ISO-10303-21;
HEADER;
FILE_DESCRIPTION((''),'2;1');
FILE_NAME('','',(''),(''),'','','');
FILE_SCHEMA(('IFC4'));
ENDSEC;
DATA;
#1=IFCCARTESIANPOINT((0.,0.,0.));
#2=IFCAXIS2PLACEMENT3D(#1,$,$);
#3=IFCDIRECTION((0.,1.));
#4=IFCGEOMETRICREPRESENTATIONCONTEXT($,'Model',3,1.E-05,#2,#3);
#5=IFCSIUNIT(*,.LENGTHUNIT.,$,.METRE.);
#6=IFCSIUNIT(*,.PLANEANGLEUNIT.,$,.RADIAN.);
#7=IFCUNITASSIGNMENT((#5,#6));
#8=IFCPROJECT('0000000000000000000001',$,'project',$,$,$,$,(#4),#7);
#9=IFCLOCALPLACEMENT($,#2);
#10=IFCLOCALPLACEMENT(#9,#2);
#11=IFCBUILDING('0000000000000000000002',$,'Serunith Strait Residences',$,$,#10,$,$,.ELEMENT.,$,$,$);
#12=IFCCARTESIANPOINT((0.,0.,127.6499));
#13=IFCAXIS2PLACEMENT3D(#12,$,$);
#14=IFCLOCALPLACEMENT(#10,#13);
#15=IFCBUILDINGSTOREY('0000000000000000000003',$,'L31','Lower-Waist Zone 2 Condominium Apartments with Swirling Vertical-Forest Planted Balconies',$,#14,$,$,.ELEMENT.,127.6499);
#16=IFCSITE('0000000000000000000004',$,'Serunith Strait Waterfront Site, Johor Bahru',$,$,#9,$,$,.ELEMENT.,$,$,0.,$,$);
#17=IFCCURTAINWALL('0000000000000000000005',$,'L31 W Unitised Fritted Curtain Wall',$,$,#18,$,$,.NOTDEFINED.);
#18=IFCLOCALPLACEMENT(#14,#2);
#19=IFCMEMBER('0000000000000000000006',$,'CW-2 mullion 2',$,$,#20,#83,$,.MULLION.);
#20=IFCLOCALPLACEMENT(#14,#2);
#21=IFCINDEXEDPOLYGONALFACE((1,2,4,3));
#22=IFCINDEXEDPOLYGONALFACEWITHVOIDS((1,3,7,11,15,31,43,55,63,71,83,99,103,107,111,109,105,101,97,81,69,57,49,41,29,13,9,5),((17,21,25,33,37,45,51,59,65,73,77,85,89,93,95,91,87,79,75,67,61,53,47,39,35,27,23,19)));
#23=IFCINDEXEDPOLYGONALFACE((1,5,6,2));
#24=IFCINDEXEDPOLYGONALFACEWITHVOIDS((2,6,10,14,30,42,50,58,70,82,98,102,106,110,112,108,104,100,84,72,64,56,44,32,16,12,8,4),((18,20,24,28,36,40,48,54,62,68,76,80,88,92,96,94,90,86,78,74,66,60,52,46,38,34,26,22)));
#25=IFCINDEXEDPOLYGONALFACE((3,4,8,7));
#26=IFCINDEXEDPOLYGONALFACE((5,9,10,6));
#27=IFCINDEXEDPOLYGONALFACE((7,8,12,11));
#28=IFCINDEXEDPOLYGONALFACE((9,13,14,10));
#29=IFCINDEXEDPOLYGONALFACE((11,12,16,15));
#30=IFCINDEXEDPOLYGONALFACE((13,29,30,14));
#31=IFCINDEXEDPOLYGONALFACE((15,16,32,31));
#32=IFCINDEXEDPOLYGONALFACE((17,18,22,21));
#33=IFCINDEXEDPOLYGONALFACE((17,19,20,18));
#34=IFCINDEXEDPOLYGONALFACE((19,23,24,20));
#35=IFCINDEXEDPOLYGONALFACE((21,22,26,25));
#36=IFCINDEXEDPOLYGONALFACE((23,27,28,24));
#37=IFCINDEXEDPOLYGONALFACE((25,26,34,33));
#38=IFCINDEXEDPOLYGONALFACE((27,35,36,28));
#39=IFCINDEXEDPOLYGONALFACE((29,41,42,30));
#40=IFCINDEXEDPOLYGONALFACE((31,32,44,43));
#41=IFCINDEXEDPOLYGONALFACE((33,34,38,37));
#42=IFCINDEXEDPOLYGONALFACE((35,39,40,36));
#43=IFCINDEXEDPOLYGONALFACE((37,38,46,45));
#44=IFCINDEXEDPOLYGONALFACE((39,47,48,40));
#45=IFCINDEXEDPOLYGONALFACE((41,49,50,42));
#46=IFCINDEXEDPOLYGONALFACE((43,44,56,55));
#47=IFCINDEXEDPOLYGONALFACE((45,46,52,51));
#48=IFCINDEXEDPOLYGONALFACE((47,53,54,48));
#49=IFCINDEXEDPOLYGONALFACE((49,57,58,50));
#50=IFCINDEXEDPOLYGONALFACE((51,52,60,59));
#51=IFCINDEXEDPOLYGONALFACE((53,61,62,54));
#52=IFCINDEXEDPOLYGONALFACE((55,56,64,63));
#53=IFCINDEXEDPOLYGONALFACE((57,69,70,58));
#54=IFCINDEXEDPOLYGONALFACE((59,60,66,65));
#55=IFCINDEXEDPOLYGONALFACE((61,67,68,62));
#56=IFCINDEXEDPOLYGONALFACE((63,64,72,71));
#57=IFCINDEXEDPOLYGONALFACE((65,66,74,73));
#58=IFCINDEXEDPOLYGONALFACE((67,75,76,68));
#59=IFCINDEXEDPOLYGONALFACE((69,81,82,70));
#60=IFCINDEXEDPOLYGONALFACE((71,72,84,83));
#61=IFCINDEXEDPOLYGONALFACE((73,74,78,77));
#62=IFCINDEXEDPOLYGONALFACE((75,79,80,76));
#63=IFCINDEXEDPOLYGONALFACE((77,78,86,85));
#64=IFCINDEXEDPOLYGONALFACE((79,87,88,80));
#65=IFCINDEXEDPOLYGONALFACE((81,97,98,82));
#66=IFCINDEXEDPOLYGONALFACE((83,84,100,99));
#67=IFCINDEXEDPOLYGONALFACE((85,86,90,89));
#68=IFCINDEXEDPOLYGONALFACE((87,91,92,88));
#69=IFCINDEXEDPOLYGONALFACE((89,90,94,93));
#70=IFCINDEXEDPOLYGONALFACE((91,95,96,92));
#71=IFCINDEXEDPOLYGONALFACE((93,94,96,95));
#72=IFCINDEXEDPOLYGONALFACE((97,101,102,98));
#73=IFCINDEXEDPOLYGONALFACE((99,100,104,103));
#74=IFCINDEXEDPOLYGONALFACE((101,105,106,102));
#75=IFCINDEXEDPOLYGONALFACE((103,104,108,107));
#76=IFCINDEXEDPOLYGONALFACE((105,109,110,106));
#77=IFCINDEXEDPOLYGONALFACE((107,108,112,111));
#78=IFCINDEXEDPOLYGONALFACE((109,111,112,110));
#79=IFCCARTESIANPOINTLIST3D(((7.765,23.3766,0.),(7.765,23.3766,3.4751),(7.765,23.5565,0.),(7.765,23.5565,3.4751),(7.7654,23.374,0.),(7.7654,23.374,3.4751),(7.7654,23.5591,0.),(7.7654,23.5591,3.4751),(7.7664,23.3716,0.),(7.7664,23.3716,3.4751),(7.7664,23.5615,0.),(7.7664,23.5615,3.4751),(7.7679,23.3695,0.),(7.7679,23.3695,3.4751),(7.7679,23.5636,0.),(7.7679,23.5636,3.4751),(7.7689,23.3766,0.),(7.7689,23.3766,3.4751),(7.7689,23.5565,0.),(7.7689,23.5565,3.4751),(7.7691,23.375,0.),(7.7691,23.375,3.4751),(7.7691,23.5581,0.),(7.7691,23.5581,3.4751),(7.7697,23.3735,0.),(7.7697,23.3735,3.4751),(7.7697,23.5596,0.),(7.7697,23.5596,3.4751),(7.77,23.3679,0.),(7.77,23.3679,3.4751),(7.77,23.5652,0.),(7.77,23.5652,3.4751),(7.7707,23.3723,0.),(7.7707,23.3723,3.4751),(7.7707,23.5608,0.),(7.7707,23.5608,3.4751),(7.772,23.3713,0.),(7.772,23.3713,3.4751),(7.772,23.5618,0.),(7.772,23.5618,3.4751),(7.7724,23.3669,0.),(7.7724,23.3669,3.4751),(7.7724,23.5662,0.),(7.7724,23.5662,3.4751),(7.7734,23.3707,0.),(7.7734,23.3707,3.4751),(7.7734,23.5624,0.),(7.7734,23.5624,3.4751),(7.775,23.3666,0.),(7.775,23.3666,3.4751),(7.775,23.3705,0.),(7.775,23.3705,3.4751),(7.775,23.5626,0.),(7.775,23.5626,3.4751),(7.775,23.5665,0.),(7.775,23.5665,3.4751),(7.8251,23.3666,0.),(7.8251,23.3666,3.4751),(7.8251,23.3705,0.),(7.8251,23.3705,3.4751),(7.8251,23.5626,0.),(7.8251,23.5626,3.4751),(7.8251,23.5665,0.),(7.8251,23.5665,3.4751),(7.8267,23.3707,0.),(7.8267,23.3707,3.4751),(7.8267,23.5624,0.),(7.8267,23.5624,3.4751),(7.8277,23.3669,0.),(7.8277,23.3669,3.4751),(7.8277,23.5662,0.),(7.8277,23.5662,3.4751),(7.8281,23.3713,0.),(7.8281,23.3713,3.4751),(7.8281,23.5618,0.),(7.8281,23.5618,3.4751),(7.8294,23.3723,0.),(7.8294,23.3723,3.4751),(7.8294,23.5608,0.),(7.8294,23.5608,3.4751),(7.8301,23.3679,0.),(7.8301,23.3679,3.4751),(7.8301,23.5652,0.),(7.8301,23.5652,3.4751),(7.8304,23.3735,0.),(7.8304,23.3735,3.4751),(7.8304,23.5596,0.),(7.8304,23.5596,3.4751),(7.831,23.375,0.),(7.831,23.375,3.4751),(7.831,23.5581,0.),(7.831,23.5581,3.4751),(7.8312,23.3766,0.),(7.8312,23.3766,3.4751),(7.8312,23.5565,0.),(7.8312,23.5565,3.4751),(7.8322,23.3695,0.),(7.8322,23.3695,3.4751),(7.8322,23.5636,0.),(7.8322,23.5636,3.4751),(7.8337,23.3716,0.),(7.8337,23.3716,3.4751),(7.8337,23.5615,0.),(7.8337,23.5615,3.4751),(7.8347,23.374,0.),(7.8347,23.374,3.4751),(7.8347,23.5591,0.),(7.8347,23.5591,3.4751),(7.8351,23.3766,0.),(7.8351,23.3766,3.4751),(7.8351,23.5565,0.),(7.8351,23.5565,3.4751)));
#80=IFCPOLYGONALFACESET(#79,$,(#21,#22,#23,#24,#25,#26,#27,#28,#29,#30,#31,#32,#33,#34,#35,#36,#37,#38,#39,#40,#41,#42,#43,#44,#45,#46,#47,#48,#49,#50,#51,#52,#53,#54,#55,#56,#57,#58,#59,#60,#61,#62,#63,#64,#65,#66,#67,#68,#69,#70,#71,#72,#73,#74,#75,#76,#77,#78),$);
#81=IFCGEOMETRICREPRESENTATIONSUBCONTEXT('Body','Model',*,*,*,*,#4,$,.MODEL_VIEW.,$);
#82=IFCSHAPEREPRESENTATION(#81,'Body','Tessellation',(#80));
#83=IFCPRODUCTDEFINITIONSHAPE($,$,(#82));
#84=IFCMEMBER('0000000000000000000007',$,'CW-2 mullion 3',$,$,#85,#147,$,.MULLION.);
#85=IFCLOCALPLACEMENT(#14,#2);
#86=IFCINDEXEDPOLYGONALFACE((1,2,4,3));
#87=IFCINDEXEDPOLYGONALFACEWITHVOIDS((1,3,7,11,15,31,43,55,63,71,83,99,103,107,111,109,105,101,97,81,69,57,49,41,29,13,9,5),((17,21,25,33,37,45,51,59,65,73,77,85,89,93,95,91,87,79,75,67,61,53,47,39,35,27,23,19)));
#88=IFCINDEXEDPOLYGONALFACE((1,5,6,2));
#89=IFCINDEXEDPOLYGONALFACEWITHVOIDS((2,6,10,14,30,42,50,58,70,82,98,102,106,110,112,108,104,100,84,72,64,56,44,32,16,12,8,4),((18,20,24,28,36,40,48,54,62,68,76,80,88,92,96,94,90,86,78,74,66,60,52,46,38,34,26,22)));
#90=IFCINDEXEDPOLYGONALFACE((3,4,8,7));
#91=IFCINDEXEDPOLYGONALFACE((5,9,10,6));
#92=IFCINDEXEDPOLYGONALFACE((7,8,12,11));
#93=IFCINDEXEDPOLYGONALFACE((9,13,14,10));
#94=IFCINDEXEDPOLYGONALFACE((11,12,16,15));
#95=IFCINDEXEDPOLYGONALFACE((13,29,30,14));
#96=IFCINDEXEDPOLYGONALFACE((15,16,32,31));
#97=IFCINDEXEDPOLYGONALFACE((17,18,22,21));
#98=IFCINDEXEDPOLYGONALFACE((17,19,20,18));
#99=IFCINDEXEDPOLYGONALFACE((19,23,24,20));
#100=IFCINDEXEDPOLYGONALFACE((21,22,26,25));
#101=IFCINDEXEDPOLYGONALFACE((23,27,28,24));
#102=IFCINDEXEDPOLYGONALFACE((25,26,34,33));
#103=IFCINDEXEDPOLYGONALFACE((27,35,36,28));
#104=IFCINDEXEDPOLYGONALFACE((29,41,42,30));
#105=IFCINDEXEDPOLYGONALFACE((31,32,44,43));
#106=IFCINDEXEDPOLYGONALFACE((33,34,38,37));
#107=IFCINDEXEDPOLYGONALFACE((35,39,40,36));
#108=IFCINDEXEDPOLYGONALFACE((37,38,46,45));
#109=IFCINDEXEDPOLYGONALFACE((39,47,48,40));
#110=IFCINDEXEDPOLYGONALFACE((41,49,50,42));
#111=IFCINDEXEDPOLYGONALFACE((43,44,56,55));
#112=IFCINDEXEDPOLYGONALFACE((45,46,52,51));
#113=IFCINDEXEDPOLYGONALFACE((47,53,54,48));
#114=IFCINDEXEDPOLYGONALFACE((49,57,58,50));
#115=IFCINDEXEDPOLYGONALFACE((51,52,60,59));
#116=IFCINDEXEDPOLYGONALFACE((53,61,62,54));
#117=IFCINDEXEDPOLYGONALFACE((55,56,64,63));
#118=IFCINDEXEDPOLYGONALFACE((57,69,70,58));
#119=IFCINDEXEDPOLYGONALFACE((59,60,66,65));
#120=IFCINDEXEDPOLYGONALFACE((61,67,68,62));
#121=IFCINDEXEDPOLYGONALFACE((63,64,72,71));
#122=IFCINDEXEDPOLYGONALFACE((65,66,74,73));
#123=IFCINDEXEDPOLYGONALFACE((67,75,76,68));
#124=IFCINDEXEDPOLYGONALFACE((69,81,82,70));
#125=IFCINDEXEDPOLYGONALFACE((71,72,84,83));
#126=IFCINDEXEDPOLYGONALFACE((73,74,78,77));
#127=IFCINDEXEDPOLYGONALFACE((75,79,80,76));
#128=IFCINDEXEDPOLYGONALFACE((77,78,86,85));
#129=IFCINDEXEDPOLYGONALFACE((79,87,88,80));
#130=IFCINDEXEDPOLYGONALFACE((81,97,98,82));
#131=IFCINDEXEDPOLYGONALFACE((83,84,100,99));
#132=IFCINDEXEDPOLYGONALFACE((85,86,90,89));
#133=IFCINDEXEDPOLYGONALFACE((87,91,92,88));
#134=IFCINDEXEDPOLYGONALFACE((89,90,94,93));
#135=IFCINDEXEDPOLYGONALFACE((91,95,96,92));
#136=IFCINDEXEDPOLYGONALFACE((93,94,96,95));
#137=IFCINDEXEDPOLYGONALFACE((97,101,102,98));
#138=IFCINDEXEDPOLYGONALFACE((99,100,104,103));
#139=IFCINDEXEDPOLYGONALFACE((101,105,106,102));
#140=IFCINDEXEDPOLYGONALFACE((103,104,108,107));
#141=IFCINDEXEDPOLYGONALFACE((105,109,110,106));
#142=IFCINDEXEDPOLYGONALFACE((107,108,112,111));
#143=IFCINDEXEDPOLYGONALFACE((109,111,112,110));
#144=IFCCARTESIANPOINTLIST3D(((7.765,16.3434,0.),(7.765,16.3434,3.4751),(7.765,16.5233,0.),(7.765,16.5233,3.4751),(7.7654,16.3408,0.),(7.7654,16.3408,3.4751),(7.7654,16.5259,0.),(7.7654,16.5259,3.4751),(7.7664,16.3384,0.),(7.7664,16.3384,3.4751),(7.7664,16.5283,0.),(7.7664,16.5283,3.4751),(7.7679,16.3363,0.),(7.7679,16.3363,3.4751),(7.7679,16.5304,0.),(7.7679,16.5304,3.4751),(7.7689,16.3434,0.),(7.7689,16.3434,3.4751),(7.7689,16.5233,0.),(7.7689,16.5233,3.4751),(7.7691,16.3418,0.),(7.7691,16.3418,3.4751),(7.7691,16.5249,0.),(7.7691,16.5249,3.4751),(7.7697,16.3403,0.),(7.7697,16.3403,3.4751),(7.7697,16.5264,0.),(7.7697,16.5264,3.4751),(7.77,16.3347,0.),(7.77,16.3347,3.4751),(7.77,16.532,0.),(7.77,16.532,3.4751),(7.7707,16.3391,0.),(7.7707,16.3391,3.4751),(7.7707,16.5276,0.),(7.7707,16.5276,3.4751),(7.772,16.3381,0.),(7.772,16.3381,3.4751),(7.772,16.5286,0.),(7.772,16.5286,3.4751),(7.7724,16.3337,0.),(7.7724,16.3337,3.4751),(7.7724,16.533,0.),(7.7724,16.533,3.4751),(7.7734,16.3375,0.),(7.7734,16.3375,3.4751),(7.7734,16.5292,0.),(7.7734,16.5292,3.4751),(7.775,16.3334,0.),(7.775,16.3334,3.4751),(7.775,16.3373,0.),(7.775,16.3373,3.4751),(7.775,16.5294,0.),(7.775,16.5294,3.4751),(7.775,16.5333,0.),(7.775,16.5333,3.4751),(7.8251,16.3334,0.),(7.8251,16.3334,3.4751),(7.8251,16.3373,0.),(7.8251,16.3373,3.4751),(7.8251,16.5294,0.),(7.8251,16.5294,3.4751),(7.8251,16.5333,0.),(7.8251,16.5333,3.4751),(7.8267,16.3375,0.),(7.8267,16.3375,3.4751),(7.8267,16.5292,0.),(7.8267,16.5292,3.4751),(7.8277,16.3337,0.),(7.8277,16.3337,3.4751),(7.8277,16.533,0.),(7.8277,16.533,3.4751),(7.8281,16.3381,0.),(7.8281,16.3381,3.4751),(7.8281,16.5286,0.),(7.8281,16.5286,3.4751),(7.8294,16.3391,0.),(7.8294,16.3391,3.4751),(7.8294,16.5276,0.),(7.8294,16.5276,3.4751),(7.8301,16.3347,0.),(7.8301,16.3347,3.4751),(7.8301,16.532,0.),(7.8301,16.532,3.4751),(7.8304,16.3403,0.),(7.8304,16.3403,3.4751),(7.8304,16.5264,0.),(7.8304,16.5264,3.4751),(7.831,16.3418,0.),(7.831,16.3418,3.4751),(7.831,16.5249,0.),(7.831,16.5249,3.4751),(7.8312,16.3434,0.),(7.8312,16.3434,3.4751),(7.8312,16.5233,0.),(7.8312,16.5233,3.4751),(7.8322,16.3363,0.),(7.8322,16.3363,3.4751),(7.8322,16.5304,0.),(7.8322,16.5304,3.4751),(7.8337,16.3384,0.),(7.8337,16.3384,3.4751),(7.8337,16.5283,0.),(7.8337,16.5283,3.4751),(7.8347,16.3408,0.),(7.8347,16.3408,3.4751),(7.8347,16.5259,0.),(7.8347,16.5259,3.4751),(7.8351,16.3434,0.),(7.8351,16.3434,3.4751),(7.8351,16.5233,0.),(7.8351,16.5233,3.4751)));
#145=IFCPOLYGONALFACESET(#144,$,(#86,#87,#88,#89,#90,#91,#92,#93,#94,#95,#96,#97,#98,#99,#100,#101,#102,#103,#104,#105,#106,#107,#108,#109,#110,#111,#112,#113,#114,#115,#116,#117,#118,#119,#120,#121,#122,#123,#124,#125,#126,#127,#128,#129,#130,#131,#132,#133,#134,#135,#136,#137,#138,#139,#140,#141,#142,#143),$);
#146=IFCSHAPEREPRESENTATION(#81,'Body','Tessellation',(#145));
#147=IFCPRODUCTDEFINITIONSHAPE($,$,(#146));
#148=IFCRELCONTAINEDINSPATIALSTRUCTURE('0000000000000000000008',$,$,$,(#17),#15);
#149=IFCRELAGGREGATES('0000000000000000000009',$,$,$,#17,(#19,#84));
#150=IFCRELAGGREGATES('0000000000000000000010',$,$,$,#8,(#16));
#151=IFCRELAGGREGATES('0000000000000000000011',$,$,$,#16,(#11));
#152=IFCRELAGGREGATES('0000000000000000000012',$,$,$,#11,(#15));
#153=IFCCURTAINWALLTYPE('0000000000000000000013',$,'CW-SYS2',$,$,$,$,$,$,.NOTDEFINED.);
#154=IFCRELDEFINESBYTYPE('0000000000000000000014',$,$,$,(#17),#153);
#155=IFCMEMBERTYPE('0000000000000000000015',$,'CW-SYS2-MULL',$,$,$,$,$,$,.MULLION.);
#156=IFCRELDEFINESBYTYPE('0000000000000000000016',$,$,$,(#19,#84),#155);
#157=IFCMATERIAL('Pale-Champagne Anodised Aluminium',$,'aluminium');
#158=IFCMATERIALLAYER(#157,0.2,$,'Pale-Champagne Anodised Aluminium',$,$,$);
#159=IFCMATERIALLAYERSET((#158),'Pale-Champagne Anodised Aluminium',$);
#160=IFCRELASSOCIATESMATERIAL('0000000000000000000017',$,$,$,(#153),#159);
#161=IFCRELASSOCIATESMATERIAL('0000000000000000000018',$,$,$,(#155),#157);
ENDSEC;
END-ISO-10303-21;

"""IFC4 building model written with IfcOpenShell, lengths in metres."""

from ifc_helpers import new_model, si_unit, direction, frame, origin, origin_2d, place, context, subcontext, project, spatial, hollow_rectangle, extrude, source, transform, mapped, material, layer, layer_set, material_profile, profile_set, type_object, element, aggregate, save


model = new_model("IFC4")

# Units and contexts
model_context = context("Model", 3, precision=1e-05, world=origin(), true_north=direction((0.0, 1.0)))
body_context = subcontext(model_context, "Body", "Model", "MODEL_VIEW")
ifc_project = project(units=[si_unit("LENGTHUNIT", "METRE"), si_unit("PLANEANGLEUNIT", "RADIAN")], contexts=[model_context])

# Site, building, storey
site_placement = place(None, origin())
site = spatial("IfcSite", under=ifc_project, at=site_placement, Name="Serunith Strait Waterfront Site, Johor Bahru", CompositionType="ELEMENT", RefElevation=0.0)
building_placement = place(site_placement, origin())
building = spatial("IfcBuilding", under=site, at=building_placement, Name="Serunith Strait Residences", CompositionType="ELEMENT")
storey_placement = place(building_placement, frame((0.0, 0.0, 127.6499)))
storey = spatial("IfcBuildingStorey", under=building, at=storey_placement, Name="L31", Description="Lower-Waist Zone 2 Condominium Apartments with Swirling Vertical-Forest Planted Balconies", CompositionType="ELEMENT", Elevation=127.6499)

# Curtain wall, members
ifc_material_1 = material(Name="Pale-Champagne Anodised Aluminium", Category="aluminium")
ifc_layer_1 = layer(ifc_material_1, 0.2, Name="Pale-Champagne Anodised Aluminium")
ifc_layer_set_1 = layer_set([ifc_layer_1], Name="Pale-Champagne Anodised Aluminium")
curtain_wall_type = type_object("IfcCurtainWallType", Name="CW-SYS2", PredefinedType="NOTDEFINED", material=ifc_layer_set_1)
curtain_wall_placement = place(storey_placement, origin())
curtain_wall = element("IfcCurtainWall", 1, at=curtain_wall_placement, inside=storey, type_object=curtain_wall_type, Name="L31 W Unitised Fritted Curtain Wall", PredefinedType="NOTDEFINED")
ifc_material_profile_1 = material_profile(ifc_material_1, hollow_rectangle(XDim=0.0701, YDim=0.2, WallThickness=0.0039, InnerFilletRadius=0.0061, OuterFilletRadius=0.01, at=origin_2d()), Name="ALU 200x70x4")
ifc_profile_set_1 = profile_set([ifc_material_profile_1], Name="Pale-Champagne Anodised Aluminium")
member_type_1 = type_object("IfcMemberType", Name="CW-SYS2-MULL", PredefinedType="MULLION", material=ifc_profile_set_1)
shared_shape_1 = source(origin(), body_context, "Body", "SweptSolid", [
    extrude(hollow_rectangle(XDim=0.0701, YDim=0.2, WallThickness=0.0039, InnerFilletRadius=0.0061, OuterFilletRadius=0.01, at=origin_2d()), origin(), (0.0, 0.0, 1.0), 3.4751),
])
member_1_placement = place(storey_placement, frame((7.8, 23.4666, 0.0), z_axis=(0.0, 0.0, 1.0), x_axis=(1.0, 0.0, 0.0)))
member_1 = element("IfcMember", 2, at=member_1_placement, type_object=member_type_1, Name="CW-2 mullion 2", PredefinedType="MULLION", context=body_context, shape_type="MappedRepresentation", body=[
    mapped(shared_shape_1, transform((0.0, 0.0, 0.0), scale=1.0)),
])
member_2_placement = place(storey_placement, frame((7.8, 16.4333, 0.0), z_axis=(0.0, 0.0, 1.0), x_axis=(1.0, 0.0, 0.0)))
member_2 = element("IfcMember", 3, at=member_2_placement, type_object=member_type_1, Name="CW-2 mullion 3", PredefinedType="MULLION", context=body_context, shape_type="MappedRepresentation", body=[
    mapped(shared_shape_1, transform((0.0, 0.0, 0.0), scale=1.0)),
])
aggregate(curtain_wall, [member_1, member_2])

save(model, "model.ifc")
